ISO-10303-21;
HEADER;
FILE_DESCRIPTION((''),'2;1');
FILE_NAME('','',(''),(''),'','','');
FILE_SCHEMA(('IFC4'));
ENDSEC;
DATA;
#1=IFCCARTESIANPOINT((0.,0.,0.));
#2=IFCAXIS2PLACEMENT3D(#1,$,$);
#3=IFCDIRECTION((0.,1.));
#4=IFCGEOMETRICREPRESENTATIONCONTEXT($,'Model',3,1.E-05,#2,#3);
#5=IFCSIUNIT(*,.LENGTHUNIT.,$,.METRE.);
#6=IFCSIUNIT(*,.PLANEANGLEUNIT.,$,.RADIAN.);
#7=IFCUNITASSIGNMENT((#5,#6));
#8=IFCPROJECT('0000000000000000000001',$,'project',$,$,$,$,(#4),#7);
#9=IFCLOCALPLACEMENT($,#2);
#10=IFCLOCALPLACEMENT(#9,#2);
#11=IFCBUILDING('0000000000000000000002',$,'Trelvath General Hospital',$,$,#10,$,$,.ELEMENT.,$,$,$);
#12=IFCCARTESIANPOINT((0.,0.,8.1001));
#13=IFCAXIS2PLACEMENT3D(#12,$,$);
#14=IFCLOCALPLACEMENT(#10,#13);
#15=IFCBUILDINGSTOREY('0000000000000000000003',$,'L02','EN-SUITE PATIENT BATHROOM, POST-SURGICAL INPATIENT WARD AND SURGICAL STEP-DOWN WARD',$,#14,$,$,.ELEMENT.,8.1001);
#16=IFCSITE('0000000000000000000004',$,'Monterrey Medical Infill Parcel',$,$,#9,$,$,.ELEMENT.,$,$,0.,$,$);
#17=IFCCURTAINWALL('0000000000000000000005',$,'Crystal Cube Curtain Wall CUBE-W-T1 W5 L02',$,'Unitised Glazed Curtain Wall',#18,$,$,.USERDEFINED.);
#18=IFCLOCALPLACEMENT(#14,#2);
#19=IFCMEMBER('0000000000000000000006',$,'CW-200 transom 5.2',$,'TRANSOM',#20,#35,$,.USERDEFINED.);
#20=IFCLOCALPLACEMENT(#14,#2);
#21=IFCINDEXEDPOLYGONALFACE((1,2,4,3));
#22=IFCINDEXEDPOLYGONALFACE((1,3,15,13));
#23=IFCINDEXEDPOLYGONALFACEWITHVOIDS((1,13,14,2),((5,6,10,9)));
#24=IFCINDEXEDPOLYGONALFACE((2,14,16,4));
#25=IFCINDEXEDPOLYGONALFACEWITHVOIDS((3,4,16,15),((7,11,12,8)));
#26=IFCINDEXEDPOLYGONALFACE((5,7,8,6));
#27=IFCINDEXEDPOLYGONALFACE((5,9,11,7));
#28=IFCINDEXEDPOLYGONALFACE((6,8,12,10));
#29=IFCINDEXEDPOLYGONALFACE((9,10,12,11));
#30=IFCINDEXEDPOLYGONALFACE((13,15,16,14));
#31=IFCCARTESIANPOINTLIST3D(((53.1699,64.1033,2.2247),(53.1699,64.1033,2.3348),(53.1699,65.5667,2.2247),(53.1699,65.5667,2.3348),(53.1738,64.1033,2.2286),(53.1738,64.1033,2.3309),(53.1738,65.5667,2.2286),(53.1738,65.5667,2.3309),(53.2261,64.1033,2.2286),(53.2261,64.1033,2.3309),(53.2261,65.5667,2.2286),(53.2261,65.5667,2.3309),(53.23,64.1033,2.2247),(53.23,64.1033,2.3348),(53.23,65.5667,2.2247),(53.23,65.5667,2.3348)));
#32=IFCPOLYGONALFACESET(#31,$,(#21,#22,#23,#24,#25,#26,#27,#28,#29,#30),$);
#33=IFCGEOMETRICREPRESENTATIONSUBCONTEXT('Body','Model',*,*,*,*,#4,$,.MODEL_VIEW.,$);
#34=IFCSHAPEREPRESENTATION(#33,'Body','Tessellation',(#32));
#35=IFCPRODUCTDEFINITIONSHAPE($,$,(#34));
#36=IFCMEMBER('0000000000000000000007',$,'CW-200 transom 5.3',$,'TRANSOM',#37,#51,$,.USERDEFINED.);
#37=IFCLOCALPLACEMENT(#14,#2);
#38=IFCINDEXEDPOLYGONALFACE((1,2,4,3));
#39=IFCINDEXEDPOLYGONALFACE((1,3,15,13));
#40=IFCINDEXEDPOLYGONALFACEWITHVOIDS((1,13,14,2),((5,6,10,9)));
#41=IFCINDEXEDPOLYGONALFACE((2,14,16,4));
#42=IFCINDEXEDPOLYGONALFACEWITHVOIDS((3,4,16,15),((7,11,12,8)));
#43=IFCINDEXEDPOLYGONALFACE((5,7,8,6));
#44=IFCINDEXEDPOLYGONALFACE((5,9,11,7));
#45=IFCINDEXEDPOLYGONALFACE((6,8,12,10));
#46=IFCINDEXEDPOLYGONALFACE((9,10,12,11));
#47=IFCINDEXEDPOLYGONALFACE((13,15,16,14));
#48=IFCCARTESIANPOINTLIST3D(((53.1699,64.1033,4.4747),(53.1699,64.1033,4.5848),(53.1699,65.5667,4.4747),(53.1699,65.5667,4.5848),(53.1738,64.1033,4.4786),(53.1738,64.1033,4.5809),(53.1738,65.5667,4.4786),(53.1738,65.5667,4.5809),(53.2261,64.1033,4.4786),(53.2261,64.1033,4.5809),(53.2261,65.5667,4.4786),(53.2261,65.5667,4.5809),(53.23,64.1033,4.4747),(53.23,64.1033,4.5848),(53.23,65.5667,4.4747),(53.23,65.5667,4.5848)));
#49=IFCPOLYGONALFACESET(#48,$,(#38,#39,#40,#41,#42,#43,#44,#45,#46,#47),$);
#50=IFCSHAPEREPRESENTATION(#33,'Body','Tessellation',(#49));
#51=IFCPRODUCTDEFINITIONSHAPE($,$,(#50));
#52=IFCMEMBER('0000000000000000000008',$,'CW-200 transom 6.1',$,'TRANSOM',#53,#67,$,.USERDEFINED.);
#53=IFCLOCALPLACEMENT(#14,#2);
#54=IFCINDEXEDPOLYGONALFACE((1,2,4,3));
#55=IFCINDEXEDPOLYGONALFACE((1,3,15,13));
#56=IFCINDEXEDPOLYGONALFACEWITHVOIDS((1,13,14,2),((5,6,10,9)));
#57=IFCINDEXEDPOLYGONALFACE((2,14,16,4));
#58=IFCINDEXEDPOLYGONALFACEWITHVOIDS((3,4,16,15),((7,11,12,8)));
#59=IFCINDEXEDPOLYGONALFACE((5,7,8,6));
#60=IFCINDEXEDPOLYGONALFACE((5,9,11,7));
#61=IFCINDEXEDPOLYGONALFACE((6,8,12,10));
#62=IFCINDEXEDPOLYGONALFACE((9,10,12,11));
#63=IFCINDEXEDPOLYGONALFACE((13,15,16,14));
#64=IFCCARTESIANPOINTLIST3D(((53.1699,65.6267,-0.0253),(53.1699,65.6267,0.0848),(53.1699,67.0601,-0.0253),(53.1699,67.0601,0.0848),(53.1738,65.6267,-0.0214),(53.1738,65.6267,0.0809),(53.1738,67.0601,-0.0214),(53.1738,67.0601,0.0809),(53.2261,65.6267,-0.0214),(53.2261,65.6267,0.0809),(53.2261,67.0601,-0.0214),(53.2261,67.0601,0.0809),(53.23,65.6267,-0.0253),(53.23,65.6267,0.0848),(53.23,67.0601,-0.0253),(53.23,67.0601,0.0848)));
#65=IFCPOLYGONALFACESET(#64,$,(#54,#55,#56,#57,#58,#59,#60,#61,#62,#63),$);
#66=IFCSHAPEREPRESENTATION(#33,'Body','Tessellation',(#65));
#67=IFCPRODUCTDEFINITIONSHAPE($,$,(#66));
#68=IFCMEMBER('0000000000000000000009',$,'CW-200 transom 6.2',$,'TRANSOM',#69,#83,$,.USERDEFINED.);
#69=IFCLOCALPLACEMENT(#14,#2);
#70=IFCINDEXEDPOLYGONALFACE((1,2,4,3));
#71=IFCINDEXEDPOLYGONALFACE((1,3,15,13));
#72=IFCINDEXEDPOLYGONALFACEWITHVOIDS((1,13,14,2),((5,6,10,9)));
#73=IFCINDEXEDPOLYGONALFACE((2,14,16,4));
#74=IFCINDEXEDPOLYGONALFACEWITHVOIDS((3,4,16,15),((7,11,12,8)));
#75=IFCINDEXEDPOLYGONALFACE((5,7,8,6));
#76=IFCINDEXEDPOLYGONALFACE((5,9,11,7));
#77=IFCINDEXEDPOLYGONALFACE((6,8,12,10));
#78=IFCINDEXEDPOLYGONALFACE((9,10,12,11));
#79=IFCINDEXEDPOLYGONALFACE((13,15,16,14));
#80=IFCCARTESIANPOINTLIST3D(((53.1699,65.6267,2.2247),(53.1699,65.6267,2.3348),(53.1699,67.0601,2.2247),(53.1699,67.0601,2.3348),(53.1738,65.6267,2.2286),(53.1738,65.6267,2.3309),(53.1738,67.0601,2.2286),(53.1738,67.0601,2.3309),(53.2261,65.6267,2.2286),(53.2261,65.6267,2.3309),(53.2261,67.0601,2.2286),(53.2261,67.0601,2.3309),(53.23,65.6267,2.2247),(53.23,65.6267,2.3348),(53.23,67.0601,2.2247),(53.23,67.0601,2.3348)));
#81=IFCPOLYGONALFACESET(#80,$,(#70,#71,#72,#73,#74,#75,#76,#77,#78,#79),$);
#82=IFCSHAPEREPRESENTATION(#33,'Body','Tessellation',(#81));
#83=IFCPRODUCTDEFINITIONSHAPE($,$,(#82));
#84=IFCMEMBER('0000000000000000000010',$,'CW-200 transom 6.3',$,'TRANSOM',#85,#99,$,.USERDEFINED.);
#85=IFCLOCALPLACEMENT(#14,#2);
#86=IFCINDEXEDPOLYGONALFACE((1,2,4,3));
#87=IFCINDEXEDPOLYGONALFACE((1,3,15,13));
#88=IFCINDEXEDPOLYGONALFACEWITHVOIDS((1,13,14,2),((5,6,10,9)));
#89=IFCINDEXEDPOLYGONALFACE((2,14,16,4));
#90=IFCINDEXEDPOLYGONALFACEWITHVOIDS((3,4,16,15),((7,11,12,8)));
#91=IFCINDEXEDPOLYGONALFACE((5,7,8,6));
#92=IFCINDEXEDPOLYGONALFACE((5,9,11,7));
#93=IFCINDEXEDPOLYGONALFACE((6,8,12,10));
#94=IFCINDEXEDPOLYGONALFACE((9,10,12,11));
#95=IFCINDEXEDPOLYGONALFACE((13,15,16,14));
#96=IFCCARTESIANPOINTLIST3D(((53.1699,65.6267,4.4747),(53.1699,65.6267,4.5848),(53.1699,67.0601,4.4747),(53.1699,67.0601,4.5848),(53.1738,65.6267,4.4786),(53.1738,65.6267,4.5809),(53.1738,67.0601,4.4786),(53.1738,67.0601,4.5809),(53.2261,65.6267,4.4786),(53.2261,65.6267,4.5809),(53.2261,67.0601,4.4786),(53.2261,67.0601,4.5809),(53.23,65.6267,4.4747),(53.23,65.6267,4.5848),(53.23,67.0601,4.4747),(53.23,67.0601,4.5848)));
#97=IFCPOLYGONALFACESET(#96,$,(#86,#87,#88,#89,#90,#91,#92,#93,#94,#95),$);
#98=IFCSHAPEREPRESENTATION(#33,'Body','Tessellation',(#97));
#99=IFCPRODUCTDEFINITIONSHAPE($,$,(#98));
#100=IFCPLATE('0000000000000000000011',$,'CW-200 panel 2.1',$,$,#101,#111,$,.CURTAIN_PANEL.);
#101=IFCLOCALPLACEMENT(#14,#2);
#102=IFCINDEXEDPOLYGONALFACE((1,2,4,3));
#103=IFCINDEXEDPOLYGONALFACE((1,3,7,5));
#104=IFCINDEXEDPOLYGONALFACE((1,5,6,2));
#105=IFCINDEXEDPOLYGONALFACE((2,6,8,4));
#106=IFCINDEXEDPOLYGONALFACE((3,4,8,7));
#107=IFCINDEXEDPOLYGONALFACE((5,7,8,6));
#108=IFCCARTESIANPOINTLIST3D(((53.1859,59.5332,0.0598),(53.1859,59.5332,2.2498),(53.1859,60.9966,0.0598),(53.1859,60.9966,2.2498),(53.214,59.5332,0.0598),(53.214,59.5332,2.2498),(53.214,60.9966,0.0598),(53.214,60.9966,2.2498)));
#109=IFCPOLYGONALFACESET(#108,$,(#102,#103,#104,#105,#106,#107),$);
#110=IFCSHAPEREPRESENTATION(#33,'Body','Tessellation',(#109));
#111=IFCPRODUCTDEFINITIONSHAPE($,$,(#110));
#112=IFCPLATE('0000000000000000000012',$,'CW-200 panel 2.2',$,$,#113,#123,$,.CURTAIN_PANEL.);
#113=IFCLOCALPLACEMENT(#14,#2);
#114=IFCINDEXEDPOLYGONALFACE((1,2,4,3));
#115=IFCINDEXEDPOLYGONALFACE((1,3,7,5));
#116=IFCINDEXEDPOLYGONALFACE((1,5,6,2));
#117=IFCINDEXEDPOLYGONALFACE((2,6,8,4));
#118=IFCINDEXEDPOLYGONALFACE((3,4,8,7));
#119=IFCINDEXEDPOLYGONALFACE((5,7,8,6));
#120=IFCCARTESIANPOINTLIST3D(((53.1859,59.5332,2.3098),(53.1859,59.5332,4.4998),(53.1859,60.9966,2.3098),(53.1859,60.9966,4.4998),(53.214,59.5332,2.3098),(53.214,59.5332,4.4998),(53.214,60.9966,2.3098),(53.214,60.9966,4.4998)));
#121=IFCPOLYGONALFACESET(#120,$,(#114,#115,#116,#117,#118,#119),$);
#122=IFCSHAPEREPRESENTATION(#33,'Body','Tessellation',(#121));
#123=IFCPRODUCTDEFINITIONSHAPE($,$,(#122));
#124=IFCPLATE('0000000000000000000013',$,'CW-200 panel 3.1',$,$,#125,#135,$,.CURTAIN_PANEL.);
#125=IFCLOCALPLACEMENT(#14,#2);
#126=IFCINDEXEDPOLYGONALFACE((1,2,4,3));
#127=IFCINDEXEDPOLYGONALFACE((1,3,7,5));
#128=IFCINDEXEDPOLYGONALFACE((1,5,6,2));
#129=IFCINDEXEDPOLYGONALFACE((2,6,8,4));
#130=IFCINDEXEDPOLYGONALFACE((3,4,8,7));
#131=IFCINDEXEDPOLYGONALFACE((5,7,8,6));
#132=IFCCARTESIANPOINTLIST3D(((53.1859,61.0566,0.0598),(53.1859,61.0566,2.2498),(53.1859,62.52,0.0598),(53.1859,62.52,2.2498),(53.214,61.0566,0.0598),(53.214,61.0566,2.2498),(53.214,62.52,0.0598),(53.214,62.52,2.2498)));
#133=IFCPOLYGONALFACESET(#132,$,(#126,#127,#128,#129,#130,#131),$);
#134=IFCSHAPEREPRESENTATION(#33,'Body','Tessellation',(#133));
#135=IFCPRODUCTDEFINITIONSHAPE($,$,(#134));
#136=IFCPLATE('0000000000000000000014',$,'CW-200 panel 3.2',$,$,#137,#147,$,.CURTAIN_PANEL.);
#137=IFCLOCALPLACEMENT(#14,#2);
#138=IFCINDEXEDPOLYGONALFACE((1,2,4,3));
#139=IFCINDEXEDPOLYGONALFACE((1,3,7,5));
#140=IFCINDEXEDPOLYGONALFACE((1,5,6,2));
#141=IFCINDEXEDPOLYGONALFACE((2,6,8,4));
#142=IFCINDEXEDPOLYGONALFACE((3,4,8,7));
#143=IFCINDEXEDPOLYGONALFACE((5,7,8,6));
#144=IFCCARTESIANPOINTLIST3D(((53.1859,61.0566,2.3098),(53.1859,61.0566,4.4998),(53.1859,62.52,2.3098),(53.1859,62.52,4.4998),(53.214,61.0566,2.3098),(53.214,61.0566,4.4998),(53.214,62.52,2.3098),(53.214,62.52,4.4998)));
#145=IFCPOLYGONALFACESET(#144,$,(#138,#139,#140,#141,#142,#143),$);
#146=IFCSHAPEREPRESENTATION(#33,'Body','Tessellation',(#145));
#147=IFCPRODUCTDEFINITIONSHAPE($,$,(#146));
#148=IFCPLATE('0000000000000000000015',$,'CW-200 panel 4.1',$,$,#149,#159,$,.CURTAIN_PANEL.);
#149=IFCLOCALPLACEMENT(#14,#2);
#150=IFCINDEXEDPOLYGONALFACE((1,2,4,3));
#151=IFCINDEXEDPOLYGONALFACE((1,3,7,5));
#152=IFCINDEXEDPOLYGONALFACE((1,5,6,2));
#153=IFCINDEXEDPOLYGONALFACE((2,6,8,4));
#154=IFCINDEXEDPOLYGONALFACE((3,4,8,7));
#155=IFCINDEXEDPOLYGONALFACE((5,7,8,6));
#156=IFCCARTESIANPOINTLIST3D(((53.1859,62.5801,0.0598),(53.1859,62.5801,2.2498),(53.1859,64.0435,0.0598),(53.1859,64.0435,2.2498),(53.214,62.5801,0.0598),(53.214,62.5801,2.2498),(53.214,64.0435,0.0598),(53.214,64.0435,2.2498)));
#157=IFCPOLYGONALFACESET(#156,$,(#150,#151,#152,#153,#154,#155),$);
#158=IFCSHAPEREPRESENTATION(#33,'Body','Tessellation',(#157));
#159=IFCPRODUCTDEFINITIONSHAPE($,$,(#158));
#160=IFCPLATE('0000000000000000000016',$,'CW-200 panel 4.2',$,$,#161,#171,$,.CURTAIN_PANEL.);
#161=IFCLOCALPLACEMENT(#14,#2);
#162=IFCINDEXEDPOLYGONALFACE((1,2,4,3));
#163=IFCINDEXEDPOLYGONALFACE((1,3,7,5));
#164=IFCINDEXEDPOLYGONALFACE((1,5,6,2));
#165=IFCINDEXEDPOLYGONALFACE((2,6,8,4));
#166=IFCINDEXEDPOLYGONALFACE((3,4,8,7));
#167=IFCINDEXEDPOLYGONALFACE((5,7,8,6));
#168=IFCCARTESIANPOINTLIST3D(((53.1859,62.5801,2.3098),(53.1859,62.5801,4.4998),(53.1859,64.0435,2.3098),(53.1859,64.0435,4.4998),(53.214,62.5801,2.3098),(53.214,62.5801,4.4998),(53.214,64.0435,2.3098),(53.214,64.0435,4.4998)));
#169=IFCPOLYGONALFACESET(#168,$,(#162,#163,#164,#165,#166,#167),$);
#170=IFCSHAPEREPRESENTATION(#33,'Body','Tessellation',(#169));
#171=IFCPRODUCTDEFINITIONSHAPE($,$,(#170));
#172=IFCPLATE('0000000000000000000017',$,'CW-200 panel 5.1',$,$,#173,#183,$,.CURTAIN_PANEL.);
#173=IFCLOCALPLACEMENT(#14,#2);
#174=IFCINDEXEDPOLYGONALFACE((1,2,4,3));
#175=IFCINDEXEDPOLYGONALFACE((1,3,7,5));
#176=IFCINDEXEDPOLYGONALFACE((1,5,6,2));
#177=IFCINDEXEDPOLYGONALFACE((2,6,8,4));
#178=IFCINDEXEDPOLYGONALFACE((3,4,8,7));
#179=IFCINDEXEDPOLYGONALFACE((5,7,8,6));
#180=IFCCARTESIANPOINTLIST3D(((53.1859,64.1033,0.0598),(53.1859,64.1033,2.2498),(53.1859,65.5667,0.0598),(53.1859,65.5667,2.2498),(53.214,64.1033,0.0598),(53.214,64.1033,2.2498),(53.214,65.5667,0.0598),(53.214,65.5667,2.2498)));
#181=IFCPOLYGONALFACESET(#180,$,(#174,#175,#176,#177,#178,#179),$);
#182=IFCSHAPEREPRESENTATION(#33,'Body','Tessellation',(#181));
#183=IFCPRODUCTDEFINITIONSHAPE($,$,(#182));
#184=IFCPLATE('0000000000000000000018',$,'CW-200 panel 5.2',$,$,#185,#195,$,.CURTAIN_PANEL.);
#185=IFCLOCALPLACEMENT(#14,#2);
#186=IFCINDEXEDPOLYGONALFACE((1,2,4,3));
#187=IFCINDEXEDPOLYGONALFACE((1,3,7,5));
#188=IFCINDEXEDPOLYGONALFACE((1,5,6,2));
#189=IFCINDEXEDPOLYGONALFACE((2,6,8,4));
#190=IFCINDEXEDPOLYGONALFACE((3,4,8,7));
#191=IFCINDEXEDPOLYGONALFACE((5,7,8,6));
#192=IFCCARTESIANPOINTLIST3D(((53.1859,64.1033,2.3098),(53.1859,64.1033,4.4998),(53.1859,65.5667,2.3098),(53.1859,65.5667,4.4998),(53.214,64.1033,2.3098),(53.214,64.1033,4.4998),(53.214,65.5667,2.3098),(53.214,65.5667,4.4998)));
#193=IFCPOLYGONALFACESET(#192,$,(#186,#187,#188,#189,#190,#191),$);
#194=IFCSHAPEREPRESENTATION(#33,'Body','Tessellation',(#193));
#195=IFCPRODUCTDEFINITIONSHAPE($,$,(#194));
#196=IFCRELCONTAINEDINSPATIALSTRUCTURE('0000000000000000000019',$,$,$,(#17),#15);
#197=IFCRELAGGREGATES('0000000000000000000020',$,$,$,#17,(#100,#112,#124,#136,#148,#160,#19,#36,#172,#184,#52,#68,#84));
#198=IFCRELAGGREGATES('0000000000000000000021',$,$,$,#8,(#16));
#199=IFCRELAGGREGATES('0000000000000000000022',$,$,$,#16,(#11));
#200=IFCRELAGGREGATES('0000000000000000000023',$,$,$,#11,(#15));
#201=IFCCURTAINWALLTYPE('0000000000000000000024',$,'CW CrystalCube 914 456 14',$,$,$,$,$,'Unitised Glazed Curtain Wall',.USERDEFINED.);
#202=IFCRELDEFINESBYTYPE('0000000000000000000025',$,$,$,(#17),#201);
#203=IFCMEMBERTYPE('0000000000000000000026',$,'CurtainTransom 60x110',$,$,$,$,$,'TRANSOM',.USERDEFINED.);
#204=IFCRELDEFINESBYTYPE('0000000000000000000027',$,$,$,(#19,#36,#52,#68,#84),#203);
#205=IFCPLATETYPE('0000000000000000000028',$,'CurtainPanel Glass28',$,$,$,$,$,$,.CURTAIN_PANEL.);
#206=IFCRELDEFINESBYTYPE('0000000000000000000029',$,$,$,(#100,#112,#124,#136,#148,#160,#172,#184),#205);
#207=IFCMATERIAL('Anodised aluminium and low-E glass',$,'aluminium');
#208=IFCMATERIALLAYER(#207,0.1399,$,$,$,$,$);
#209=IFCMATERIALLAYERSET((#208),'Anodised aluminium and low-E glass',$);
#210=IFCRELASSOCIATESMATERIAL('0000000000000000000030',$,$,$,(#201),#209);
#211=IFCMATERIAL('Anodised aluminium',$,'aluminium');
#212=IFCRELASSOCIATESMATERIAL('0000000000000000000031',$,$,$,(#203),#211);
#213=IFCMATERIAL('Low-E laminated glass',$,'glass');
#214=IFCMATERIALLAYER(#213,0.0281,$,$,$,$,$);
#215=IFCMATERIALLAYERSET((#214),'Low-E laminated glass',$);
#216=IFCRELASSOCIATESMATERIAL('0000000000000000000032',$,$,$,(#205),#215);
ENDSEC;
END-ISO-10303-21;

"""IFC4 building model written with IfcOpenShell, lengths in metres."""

from ifc_helpers import new_model, si_unit, direction, frame, origin, origin_2d, place, context, subcontext, project, spatial, rectangle, hollow_rectangle, extrude, material, layer, layer_set, material_profile, profile_set, type_object, element, aggregate, save


model = new_model("IFC4")

# Units and contexts
model_context = context("Model", 3, precision=1e-05, world=origin(), true_north=direction((0.0, 1.0)))
body_context = subcontext(model_context, "Body", "Model", "MODEL_VIEW")
ifc_project = project(units=[si_unit("LENGTHUNIT", "METRE"), si_unit("PLANEANGLEUNIT", "RADIAN")], contexts=[model_context])

# Site, building, storey
site_placement = place(None, origin())
site = spatial("IfcSite", under=ifc_project, at=site_placement, Name="Monterrey Medical Infill Parcel", CompositionType="ELEMENT", RefElevation=0.0)
building_placement = place(site_placement, origin())
building = spatial("IfcBuilding", under=site, at=building_placement, Name="Trelvath General Hospital", CompositionType="ELEMENT")
storey_placement = place(building_placement, frame((0.0, 0.0, 8.1001)))
storey = spatial("IfcBuildingStorey", under=building, at=storey_placement, Name="L02", Description="EN-SUITE PATIENT BATHROOM, POST-SURGICAL INPATIENT WARD AND SURGICAL STEP-DOWN WARD", CompositionType="ELEMENT", Elevation=8.1001)

# Curtain wall, members, plates
ifc_material_1 = material(Name="Anodised aluminium and low-E glass", Category="aluminium")
ifc_layer_1 = layer(ifc_material_1, 0.1399)
ifc_layer_set_1 = layer_set([ifc_layer_1], Name="Anodised aluminium and low-E glass")
curtain_wall_type = type_object("IfcCurtainWallType", Name="CW CrystalCube 914 456 14", ElementType="Unitised Glazed Curtain Wall", PredefinedType="USERDEFINED", material=ifc_layer_set_1)
curtain_wall_placement = place(storey_placement, origin())
curtain_wall = element("IfcCurtainWall", 1, at=curtain_wall_placement, inside=storey, type_object=curtain_wall_type, Name="Crystal Cube Curtain Wall CUBE-W-T1 W5 L02", ObjectType="Unitised Glazed Curtain Wall", PredefinedType="USERDEFINED")
ifc_material_2 = material(Name="Anodised aluminium", Category="aluminium")
ifc_material_profile_1 = material_profile(ifc_material_2, hollow_rectangle(XDim=0.0601, YDim=0.1101, WallThickness=0.0039, at=origin_2d()), Name="RHS60x110x4")
ifc_profile_set_1 = profile_set([ifc_material_profile_1], Name="Anodised aluminium")
member_type_1 = type_object("IfcMemberType", Name="CurtainTransom 60x110", ElementType="TRANSOM", PredefinedType="USERDEFINED", material=ifc_profile_set_1)
member_1_placement = place(storey_placement, frame((53.2, 64.1033, 2.2798), z_axis=(0.0, 1.0, 0.0), x_axis=(-1.0, 0.0, 0.0)))
member_1 = element("IfcMember", 2, at=member_1_placement, type_object=member_type_1, Name="CW-200 transom 5.2", ObjectType="TRANSOM", PredefinedType="USERDEFINED", context=body_context, shape_type="SweptSolid", body=[
    extrude(hollow_rectangle(XDim=0.0601, YDim=0.1101, WallThickness=0.0039, at=origin_2d()), origin(), (0.0, 0.0, 1.0), 1.4634),
])
member_2_placement = place(storey_placement, frame((53.2, 64.1033, 4.5298), z_axis=(0.0, 1.0, 0.0), x_axis=(-1.0, 0.0, 0.0)))
member_2 = element("IfcMember", 3, at=member_2_placement, type_object=member_type_1, Name="CW-200 transom 5.3", ObjectType="TRANSOM", PredefinedType="USERDEFINED", context=body_context, shape_type="SweptSolid", body=[
    extrude(hollow_rectangle(XDim=0.0601, YDim=0.1101, WallThickness=0.0039, at=origin_2d()), origin(), (0.0, 0.0, 1.0), 1.4634),
])
member_3_placement = place(storey_placement, frame((53.2, 65.6267, 0.0298), z_axis=(0.0, 1.0, 0.0), x_axis=(-1.0, 0.0, 0.0)))
member_3 = element("IfcMember", 4, at=member_3_placement, type_object=member_type_1, Name="CW-200 transom 6.1", ObjectType="TRANSOM", PredefinedType="USERDEFINED", context=body_context, shape_type="SweptSolid", body=[
    extrude(hollow_rectangle(XDim=0.0601, YDim=0.1101, WallThickness=0.0039, at=origin_2d()), origin(), (0.0, 0.0, 1.0), 1.4333),
])
member_4_placement = place(storey_placement, frame((53.2, 65.6267, 2.2798), z_axis=(0.0, 1.0, 0.0), x_axis=(-1.0, 0.0, 0.0)))
member_4 = element("IfcMember", 5, at=member_4_placement, type_object=member_type_1, Name="CW-200 transom 6.2", ObjectType="TRANSOM", PredefinedType="USERDEFINED", context=body_context, shape_type="SweptSolid", body=[
    extrude(hollow_rectangle(XDim=0.0601, YDim=0.1101, WallThickness=0.0039, at=origin_2d()), origin(), (0.0, 0.0, 1.0), 1.4333),
])
member_5_placement = place(storey_placement, frame((53.2, 65.6267, 4.5298), z_axis=(0.0, 1.0, 0.0), x_axis=(-1.0, 0.0, 0.0)))
member_5 = element("IfcMember", 6, at=member_5_placement, type_object=member_type_1, Name="CW-200 transom 6.3", ObjectType="TRANSOM", PredefinedType="USERDEFINED", context=body_context, shape_type="SweptSolid", body=[
    extrude(hollow_rectangle(XDim=0.0601, YDim=0.1101, WallThickness=0.0039, at=origin_2d()), origin(), (0.0, 0.0, 1.0), 1.4333),
])
ifc_material_3 = material(Name="Low-E laminated glass", Category="glass")
ifc_layer_2 = layer(ifc_material_3, 0.0281)
ifc_layer_set_2 = layer_set([ifc_layer_2], Name="Low-E laminated glass")
plate_type = type_object("IfcPlateType", Name="CurtainPanel Glass28", PredefinedType="CURTAIN_PANEL", material=ifc_layer_set_2)
plate_1_placement = place(storey_placement, frame((53.2, 60.2649, 0.0598), z_axis=(0.0, 0.0, 1.0), x_axis=(0.0, 1.0, 0.0)))
plate_1 = element("IfcPlate", 7, at=plate_1_placement, type_object=plate_type, Name="CW-200 panel 2.1", PredefinedType="CURTAIN_PANEL", context=body_context, shape_type="SweptSolid", body=[
    extrude(rectangle(XDim=1.4634, YDim=0.0281, at=origin_2d()), origin(), (0.0, 0.0, 1.0), 2.1899),
])
plate_2_placement = place(storey_placement, frame((53.2, 60.2649, 2.3098), z_axis=(0.0, 0.0, 1.0), x_axis=(0.0, 1.0, 0.0)))
plate_2 = element("IfcPlate", 8, at=plate_2_placement, type_object=plate_type, Name="CW-200 panel 2.2", PredefinedType="CURTAIN_PANEL", context=body_context, shape_type="SweptSolid", body=[
    extrude(rectangle(XDim=1.4634, YDim=0.0281, at=origin_2d()), origin(), (0.0, 0.0, 1.0), 2.1899),
])
plate_3_placement = place(storey_placement, frame((53.2, 61.7883, 0.0598), z_axis=(0.0, 0.0, 1.0), x_axis=(0.0, 1.0, 0.0)))
plate_3 = element("IfcPlate", 9, at=plate_3_placement, type_object=plate_type, Name="CW-200 panel 3.1", PredefinedType="CURTAIN_PANEL", context=body_context, shape_type="SweptSolid", body=[
    extrude(rectangle(XDim=1.4634, YDim=0.0281, at=origin_2d()), origin(), (0.0, 0.0, 1.0), 2.1899),
])
plate_4_placement = place(storey_placement, frame((53.2, 61.7883, 2.3098), z_axis=(0.0, 0.0, 1.0), x_axis=(0.0, 1.0, 0.0)))
plate_4 = element("IfcPlate", 10, at=plate_4_placement, type_object=plate_type, Name="CW-200 panel 3.2", PredefinedType="CURTAIN_PANEL", context=body_context, shape_type="SweptSolid", body=[
    extrude(rectangle(XDim=1.4634, YDim=0.0281, at=origin_2d()), origin(), (0.0, 0.0, 1.0), 2.1899),
])
plate_5_placement = place(storey_placement, frame((53.2, 63.3118, 0.0598), z_axis=(0.0, 0.0, 1.0), x_axis=(0.0, 1.0, 0.0)))
plate_5 = element("IfcPlate", 11, at=plate_5_placement, type_object=plate_type, Name="CW-200 panel 4.1", PredefinedType="CURTAIN_PANEL", context=body_context, shape_type="SweptSolid", body=[
    extrude(rectangle(XDim=1.4634, YDim=0.0281, at=origin_2d()), origin(), (0.0, 0.0, 1.0), 2.1899),
])
plate_6_placement = place(storey_placement, frame((53.2, 63.3118, 2.3098), z_axis=(0.0, 0.0, 1.0), x_axis=(0.0, 1.0, 0.0)))
plate_6 = element("IfcPlate", 12, at=plate_6_placement, type_object=plate_type, Name="CW-200 panel 4.2", PredefinedType="CURTAIN_PANEL", context=body_context, shape_type="SweptSolid", body=[
    extrude(rectangle(XDim=1.4634, YDim=0.0281, at=origin_2d()), origin(), (0.0, 0.0, 1.0), 2.1899),
])
plate_7_placement = place(storey_placement, frame((53.2, 64.835, 0.0598), z_axis=(0.0, 0.0, 1.0), x_axis=(0.0, 1.0, 0.0)))
plate_7 = element("IfcPlate", 13, at=plate_7_placement, type_object=plate_type, Name="CW-200 panel 5.1", PredefinedType="CURTAIN_PANEL", context=body_context, shape_type="SweptSolid", body=[
    extrude(rectangle(XDim=1.4634, YDim=0.0281, at=origin_2d()), origin(), (0.0, 0.0, 1.0), 2.1899),
])
plate_8_placement = place(storey_placement, frame((53.2, 64.835, 2.3098), z_axis=(0.0, 0.0, 1.0), x_axis=(0.0, 1.0, 0.0)))
plate_8 = element("IfcPlate", 14, at=plate_8_placement, type_object=plate_type, Name="CW-200 panel 5.2", PredefinedType="CURTAIN_PANEL", context=body_context, shape_type="SweptSolid", body=[
    extrude(rectangle(XDim=1.4634, YDim=0.0281, at=origin_2d()), origin(), (0.0, 0.0, 1.0), 2.1899),
])
aggregate(curtain_wall, [plate_1, plate_2, plate_3, plate_4, plate_5, plate_6, member_1, member_2, plate_7, plate_8, member_3, member_4, member_5])

save(model, "model.ifc")
